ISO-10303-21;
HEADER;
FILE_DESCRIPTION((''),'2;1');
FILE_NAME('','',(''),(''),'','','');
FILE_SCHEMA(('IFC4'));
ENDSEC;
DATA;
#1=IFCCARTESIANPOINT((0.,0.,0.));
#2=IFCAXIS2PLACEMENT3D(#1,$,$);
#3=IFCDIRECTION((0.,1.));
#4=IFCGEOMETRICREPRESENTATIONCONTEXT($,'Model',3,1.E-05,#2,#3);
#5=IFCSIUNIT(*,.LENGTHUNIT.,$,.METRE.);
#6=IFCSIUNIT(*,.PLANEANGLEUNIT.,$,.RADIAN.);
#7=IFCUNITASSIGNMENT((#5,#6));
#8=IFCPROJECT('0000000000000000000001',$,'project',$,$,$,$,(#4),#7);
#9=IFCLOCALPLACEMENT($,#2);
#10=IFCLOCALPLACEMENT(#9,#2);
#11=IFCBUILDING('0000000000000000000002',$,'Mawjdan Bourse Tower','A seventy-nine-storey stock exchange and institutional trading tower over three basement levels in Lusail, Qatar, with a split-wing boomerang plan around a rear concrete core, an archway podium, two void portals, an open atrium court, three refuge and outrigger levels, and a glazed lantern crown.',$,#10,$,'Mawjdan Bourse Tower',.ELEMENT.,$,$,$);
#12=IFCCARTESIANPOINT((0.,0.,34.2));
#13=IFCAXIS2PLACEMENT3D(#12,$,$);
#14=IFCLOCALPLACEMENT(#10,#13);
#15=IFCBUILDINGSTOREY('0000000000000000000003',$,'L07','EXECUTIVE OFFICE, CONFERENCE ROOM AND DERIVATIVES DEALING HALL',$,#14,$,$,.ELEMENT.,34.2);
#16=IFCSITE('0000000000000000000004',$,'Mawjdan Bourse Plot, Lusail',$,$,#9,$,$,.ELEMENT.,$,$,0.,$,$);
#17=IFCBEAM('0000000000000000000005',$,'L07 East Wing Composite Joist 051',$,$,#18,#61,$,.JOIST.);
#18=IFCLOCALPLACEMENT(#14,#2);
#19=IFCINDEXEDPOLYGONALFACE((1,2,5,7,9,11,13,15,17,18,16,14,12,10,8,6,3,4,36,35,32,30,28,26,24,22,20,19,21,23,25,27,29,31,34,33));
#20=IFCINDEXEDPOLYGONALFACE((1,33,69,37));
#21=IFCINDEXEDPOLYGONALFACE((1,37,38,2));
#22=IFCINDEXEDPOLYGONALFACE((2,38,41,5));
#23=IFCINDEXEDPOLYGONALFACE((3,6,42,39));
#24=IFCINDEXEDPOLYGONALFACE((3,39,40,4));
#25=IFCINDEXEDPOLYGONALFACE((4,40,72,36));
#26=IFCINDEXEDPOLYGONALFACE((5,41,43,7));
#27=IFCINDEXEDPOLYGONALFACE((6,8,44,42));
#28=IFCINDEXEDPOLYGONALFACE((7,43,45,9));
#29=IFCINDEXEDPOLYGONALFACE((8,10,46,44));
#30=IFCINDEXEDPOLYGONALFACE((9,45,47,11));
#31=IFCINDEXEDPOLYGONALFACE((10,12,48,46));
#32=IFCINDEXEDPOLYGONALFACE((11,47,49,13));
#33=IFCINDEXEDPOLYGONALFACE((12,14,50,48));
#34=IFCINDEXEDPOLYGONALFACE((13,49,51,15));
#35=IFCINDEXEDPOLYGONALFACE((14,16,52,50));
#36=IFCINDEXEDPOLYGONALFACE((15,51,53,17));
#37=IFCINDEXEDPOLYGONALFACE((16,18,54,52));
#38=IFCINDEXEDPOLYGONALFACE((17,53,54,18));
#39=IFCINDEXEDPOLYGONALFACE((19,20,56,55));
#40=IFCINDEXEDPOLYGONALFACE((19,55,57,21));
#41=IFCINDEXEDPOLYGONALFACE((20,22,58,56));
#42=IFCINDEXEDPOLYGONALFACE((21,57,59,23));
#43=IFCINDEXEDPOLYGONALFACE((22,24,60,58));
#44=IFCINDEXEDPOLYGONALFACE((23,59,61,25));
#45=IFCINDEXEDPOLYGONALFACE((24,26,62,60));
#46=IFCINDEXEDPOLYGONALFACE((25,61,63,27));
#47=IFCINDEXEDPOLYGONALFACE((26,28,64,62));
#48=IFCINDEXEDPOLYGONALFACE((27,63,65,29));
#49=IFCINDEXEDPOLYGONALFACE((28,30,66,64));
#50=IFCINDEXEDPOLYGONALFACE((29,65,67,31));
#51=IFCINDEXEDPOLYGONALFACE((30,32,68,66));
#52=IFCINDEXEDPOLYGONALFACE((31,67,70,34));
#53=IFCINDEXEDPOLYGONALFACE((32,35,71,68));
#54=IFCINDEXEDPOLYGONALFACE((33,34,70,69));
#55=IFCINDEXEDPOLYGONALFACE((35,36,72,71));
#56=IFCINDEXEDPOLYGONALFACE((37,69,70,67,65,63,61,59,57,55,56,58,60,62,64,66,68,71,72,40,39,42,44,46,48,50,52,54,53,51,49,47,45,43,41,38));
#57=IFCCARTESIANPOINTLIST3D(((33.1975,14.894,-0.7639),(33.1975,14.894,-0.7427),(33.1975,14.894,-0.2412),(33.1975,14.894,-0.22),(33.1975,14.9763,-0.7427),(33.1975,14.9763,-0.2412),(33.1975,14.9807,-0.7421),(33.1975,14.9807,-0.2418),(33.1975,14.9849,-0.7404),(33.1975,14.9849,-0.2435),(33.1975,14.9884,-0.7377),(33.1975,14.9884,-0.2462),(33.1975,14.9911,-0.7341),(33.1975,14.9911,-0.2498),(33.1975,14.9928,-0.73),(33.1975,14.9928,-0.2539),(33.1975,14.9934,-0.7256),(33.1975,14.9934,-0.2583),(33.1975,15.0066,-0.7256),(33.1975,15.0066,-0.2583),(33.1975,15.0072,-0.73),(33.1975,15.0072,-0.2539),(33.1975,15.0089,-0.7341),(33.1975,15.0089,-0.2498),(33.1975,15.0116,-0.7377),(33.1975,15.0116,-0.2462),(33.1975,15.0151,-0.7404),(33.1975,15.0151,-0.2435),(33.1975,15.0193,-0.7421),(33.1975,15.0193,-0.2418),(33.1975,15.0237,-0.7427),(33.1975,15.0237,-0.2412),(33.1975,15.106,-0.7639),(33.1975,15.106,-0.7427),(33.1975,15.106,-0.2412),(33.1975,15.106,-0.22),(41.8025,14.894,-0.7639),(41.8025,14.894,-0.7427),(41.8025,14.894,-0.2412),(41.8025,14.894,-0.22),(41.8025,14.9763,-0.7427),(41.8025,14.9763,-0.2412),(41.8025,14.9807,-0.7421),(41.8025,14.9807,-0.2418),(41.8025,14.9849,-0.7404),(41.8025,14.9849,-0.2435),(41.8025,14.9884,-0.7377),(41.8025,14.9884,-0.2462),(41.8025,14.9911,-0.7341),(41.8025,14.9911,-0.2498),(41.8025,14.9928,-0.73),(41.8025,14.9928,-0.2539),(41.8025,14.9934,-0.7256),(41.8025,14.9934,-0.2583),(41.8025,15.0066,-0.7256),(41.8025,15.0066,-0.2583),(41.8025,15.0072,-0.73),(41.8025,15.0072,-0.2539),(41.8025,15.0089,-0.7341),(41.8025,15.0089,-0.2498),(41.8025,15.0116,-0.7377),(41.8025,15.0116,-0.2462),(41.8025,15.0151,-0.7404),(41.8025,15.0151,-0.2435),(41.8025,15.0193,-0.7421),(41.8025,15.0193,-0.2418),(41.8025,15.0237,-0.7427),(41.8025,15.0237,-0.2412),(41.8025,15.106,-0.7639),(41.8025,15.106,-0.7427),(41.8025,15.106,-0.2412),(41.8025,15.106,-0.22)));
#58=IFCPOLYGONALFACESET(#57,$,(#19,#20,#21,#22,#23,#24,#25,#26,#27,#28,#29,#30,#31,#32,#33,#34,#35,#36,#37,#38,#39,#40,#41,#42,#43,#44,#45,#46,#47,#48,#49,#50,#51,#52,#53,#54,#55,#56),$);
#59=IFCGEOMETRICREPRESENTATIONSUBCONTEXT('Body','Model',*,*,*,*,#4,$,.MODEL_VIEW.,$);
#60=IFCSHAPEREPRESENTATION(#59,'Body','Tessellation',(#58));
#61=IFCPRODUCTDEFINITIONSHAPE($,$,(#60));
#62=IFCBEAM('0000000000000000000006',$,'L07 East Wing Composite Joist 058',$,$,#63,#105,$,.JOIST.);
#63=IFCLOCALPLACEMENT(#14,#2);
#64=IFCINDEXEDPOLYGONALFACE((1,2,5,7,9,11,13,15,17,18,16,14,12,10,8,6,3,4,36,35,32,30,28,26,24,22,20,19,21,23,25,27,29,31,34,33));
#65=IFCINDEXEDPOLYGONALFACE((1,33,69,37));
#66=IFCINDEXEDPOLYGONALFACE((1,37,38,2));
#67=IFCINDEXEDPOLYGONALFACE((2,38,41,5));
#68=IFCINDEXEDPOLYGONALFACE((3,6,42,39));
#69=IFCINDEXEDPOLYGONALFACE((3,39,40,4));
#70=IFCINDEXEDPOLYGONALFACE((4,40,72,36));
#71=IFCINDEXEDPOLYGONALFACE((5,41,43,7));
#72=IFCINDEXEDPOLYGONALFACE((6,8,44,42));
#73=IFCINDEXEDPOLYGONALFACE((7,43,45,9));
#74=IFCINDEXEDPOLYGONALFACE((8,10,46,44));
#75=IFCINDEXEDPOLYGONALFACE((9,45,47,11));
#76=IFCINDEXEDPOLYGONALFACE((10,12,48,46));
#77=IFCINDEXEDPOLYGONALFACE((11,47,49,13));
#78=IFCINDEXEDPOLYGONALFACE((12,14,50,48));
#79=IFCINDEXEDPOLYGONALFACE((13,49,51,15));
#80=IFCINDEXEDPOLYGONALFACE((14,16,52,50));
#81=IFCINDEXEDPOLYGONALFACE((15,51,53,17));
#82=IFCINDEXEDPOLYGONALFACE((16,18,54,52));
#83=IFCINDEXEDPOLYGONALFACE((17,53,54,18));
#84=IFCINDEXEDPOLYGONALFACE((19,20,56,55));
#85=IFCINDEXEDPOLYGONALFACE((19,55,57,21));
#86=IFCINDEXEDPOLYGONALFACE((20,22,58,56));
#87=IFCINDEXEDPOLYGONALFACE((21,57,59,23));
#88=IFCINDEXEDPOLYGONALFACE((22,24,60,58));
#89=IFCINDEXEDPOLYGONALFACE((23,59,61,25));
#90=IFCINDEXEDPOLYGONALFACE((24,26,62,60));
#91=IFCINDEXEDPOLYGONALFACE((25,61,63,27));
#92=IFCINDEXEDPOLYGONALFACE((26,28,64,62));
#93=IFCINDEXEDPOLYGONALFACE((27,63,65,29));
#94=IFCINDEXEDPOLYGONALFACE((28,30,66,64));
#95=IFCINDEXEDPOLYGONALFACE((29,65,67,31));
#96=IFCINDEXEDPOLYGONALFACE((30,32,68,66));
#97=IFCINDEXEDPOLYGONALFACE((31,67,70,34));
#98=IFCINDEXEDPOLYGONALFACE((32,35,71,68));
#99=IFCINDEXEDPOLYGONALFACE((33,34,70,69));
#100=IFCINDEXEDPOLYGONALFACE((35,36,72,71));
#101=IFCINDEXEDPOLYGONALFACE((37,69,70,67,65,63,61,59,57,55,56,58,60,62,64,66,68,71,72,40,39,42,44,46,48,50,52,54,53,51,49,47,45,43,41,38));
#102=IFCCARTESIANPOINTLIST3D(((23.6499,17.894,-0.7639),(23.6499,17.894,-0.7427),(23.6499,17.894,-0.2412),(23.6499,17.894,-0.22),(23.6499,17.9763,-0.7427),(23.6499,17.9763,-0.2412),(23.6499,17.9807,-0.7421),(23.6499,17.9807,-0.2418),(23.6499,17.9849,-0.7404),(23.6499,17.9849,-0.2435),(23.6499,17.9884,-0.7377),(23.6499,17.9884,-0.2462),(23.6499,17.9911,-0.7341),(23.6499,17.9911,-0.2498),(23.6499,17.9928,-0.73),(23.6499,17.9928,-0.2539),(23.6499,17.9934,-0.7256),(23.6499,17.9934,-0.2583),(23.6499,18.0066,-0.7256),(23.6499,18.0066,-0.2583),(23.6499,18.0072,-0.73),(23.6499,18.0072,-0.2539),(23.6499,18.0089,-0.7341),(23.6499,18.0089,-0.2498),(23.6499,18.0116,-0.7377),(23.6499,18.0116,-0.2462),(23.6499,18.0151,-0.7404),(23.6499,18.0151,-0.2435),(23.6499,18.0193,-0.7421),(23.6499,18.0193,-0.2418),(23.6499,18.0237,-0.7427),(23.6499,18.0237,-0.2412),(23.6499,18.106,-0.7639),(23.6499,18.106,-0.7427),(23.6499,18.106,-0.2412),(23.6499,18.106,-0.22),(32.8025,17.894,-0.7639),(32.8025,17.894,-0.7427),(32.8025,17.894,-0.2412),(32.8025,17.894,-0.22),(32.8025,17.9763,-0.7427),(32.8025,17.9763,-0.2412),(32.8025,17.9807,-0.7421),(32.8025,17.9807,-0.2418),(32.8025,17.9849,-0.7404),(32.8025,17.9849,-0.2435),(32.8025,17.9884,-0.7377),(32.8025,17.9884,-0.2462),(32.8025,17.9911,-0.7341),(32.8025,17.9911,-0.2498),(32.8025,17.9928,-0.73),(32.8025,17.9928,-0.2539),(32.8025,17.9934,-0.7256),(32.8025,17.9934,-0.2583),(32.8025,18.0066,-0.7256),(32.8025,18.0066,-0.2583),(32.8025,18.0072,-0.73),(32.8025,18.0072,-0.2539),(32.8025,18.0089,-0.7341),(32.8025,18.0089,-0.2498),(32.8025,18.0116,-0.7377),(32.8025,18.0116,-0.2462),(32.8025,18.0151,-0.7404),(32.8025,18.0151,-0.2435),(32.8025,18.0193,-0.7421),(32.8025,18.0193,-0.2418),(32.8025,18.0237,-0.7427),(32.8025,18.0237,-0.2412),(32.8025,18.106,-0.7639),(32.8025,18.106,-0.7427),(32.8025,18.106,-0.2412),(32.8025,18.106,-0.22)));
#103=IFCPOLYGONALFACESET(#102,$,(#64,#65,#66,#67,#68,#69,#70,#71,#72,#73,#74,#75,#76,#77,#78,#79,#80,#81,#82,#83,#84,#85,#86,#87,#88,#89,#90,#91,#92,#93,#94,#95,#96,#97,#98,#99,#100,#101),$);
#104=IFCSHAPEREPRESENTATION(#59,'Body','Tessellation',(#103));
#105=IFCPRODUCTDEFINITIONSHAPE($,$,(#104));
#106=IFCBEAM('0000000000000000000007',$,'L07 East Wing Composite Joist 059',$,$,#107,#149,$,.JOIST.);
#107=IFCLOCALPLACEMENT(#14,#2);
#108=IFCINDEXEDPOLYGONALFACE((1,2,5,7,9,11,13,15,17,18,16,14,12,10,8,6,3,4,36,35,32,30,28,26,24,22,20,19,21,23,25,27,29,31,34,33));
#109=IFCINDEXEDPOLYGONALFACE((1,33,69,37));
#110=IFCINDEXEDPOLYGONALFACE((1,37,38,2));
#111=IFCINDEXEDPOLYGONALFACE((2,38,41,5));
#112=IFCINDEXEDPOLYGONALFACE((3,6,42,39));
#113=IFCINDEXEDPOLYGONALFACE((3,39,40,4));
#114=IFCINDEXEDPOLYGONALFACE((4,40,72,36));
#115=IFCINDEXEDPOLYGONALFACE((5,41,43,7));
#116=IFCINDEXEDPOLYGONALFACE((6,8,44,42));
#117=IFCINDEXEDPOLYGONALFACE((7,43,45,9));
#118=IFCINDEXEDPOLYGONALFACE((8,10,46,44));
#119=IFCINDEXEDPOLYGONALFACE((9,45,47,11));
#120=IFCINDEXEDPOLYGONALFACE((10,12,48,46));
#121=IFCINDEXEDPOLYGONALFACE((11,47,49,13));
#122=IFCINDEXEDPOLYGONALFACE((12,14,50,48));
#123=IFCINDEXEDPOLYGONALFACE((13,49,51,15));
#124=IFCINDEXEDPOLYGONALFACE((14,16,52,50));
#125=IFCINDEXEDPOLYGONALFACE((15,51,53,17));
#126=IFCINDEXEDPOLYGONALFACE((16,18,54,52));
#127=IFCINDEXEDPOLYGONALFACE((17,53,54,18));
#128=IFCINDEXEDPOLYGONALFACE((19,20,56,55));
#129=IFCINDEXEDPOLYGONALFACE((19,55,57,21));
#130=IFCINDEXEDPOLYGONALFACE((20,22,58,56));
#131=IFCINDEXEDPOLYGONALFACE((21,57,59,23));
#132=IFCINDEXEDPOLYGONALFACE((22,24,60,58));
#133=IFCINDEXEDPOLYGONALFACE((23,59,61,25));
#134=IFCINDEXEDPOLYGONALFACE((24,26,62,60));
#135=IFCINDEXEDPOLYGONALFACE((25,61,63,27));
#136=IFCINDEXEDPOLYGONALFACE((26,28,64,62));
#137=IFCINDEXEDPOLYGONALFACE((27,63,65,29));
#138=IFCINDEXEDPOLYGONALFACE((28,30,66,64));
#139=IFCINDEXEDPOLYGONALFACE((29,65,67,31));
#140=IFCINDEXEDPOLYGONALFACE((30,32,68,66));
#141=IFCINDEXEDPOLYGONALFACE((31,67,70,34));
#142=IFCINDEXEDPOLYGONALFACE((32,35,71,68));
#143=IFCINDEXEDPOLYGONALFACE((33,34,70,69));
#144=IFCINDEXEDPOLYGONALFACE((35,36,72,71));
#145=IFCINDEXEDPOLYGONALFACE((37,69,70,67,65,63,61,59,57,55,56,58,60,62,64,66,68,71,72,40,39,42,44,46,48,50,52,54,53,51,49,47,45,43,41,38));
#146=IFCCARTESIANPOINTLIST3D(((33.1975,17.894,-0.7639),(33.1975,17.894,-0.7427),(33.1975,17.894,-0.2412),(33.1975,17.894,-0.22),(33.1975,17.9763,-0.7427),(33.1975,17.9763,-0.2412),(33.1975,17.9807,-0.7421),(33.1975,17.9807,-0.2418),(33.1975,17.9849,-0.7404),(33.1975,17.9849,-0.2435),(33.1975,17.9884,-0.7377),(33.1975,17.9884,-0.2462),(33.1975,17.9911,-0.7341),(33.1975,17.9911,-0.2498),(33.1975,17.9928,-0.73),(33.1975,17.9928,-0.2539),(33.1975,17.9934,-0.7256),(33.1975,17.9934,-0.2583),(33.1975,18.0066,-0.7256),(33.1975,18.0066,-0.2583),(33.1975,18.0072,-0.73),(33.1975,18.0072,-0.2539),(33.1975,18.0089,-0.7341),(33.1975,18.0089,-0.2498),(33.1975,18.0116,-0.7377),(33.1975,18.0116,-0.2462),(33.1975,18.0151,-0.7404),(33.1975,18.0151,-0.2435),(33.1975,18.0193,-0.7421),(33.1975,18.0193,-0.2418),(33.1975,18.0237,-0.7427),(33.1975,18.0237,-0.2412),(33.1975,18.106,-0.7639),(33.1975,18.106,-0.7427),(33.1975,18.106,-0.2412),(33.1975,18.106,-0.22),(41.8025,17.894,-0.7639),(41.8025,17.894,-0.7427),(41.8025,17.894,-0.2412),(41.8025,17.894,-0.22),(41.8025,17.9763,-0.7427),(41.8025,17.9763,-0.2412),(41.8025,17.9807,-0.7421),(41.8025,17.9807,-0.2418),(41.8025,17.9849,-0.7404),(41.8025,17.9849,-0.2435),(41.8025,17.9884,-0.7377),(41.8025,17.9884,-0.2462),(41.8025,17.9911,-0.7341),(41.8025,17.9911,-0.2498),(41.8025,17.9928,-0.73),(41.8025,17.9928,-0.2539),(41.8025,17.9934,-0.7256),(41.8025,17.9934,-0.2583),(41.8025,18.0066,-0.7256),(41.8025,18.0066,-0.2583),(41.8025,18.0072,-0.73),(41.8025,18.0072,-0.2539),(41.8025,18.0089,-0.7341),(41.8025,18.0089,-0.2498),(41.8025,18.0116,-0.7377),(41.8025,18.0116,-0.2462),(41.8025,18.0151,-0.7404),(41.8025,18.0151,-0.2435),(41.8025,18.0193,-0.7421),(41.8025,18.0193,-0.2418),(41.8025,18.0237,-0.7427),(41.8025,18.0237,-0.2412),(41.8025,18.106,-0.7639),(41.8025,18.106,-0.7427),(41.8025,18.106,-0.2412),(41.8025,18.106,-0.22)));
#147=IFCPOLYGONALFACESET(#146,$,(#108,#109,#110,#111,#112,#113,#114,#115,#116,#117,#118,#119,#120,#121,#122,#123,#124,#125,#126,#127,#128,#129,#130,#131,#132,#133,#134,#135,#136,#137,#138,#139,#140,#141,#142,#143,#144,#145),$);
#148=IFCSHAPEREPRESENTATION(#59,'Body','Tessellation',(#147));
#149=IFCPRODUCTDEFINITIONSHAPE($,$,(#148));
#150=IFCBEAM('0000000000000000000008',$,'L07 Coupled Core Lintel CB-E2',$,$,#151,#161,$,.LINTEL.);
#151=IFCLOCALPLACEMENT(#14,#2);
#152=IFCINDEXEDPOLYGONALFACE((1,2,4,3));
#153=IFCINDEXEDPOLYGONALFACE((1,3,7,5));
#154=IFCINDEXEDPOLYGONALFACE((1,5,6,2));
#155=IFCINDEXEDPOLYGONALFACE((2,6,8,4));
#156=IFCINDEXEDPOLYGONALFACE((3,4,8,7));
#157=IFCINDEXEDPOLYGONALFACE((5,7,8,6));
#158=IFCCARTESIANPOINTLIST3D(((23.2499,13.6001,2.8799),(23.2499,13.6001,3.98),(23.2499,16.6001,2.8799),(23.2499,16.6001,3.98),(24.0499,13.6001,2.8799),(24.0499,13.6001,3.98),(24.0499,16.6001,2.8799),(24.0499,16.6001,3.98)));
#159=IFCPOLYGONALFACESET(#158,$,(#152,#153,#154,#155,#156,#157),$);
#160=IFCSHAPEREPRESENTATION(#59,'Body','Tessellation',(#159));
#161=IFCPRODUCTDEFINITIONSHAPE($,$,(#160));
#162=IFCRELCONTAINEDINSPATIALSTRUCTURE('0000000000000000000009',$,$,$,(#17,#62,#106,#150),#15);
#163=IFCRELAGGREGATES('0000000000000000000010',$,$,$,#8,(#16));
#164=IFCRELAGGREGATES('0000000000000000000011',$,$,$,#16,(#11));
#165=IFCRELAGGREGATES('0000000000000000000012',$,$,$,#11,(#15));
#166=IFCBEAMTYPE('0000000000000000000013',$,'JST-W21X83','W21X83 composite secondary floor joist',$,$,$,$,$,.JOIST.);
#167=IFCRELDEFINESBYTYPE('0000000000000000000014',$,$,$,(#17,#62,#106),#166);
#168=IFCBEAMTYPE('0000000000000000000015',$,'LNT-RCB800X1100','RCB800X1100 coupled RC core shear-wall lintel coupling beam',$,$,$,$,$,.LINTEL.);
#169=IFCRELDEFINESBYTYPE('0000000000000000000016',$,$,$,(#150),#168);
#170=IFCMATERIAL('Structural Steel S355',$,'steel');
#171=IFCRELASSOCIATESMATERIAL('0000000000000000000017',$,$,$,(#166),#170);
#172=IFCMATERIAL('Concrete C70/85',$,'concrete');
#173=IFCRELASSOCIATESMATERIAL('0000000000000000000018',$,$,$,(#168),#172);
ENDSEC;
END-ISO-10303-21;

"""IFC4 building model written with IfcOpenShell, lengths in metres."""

from ifc_helpers import new_model, si_unit, direction, frame, origin, origin_2d, place, context, subcontext, project, spatial, rectangle, i_section, extrude, material, material_profile, profile_set, type_object, element, save


model = new_model("IFC4")

# Units and contexts
model_context = context("Model", 3, precision=1e-05, world=origin(), true_north=direction((0.0, 1.0)))
body_context = subcontext(model_context, "Body", "Model", "MODEL_VIEW")
ifc_project = project(units=[si_unit("LENGTHUNIT", "METRE"), si_unit("PLANEANGLEUNIT", "RADIAN")], contexts=[model_context])

# Site, building, storey
site_placement = place(None, origin())
site = spatial("IfcSite", under=ifc_project, at=site_placement, Name="Mawjdan Bourse Plot, Lusail", CompositionType="ELEMENT", RefElevation=0.0)
building_placement = place(site_placement, origin())
building = spatial("IfcBuilding", under=site, at=building_placement, Name="Mawjdan Bourse Tower", Description="A seventy-nine-storey stock exchange and institutional trading tower over three basement levels in Lusail, Qatar, with a split-wing boomerang plan around a rear concrete core, an archway podium, two void portals, an open atrium court, three refuge and outrigger levels, and a glazed lantern crown.", LongName="Mawjdan Bourse Tower", CompositionType="ELEMENT")
storey_placement = place(building_placement, frame((0.0, 0.0, 34.2)))
storey = spatial("IfcBuildingStorey", under=building, at=storey_placement, Name="L07", Description="EXECUTIVE OFFICE, CONFERENCE ROOM AND DERIVATIVES DEALING HALL", CompositionType="ELEMENT", Elevation=34.2)

# Beams
ifc_material_1 = material(Name="Structural Steel S355", Category="steel")
ifc_material_profile_1 = material_profile(ifc_material_1, i_section(OverallWidth=0.2119, OverallDepth=0.5439, WebThickness=0.0132, FlangeThickness=0.0212, FilletRadius=0.0171, at=origin_2d()), Name="W21X83")
ifc_profile_set_1 = profile_set([ifc_material_profile_1], Name="Structural Steel S355")
beam_type_1 = type_object("IfcBeamType", Name="JST-W21X83", Description="W21X83 composite secondary floor joist", PredefinedType="JOIST", material=ifc_profile_set_1)
beam_1_placement = place(storey_placement, frame((33.1975, 15.0, -0.4919), z_axis=(1.0, 0.0, 0.0), x_axis=(0.0, 1.0, 0.0)))
element("IfcBeam", 1, at=beam_1_placement, inside=storey, type_object=beam_type_1, Name="L07 East Wing Composite Joist 051", PredefinedType="JOIST", context=body_context, shape_type="SweptSolid", body=[
    extrude(i_section(OverallWidth=0.2119, OverallDepth=0.5439, WebThickness=0.0132, FlangeThickness=0.0212, FilletRadius=0.0171, at=origin_2d()), origin(), (0.0, 0.0, 1.0), 8.605),
])
beam_2_placement = place(storey_placement, frame((23.6499, 18.0, -0.4919), z_axis=(1.0, 0.0, 0.0), x_axis=(0.0, 1.0, 0.0)))
element("IfcBeam", 2, at=beam_2_placement, inside=storey, type_object=beam_type_1, Name="L07 East Wing Composite Joist 058", PredefinedType="JOIST", context=body_context, shape_type="SweptSolid", body=[
    extrude(i_section(OverallWidth=0.2119, OverallDepth=0.5439, WebThickness=0.0132, FlangeThickness=0.0212, FilletRadius=0.0171, at=origin_2d()), origin(), (0.0, 0.0, 1.0), 9.1526),
])
beam_3_placement = place(storey_placement, frame((33.1975, 18.0, -0.4919), z_axis=(1.0, 0.0, 0.0), x_axis=(0.0, 1.0, 0.0)))
element("IfcBeam", 3, at=beam_3_placement, inside=storey, type_object=beam_type_1, Name="L07 East Wing Composite Joist 059", PredefinedType="JOIST", context=body_context, shape_type="SweptSolid", body=[
    extrude(i_section(OverallWidth=0.2119, OverallDepth=0.5439, WebThickness=0.0132, FlangeThickness=0.0212, FilletRadius=0.0171, at=origin_2d()), origin(), (0.0, 0.0, 1.0), 8.605),
])
ifc_material_2 = material(Name="Concrete C70/85", Category="concrete")
ifc_material_profile_2 = material_profile(ifc_material_2, rectangle(XDim=0.8, YDim=1.1001, at=origin_2d()), Name="RCB800X1100")
ifc_profile_set_2 = profile_set([ifc_material_profile_2], Name="Concrete C70/85")
beam_type_2 = type_object("IfcBeamType", Name="LNT-RCB800X1100", Description="RCB800X1100 coupled RC core shear-wall lintel coupling beam", PredefinedType="LINTEL", material=ifc_profile_set_2)
beam_4_placement = place(storey_placement, frame((23.6499, 13.6001, 3.4299), z_axis=(0.0, 1.0, 0.0), x_axis=(-1.0, 0.0, 0.0)))
element("IfcBeam", 4, at=beam_4_placement, inside=storey, type_object=beam_type_2, Name="L07 Coupled Core Lintel CB-E2", PredefinedType="LINTEL", context=body_context, shape_type="SweptSolid", body=[
    extrude(rectangle(XDim=0.8, YDim=1.1001, at=origin_2d()), origin(), (0.0, 0.0, 1.0), 3.0),
])

save(model, "model.ifc")
